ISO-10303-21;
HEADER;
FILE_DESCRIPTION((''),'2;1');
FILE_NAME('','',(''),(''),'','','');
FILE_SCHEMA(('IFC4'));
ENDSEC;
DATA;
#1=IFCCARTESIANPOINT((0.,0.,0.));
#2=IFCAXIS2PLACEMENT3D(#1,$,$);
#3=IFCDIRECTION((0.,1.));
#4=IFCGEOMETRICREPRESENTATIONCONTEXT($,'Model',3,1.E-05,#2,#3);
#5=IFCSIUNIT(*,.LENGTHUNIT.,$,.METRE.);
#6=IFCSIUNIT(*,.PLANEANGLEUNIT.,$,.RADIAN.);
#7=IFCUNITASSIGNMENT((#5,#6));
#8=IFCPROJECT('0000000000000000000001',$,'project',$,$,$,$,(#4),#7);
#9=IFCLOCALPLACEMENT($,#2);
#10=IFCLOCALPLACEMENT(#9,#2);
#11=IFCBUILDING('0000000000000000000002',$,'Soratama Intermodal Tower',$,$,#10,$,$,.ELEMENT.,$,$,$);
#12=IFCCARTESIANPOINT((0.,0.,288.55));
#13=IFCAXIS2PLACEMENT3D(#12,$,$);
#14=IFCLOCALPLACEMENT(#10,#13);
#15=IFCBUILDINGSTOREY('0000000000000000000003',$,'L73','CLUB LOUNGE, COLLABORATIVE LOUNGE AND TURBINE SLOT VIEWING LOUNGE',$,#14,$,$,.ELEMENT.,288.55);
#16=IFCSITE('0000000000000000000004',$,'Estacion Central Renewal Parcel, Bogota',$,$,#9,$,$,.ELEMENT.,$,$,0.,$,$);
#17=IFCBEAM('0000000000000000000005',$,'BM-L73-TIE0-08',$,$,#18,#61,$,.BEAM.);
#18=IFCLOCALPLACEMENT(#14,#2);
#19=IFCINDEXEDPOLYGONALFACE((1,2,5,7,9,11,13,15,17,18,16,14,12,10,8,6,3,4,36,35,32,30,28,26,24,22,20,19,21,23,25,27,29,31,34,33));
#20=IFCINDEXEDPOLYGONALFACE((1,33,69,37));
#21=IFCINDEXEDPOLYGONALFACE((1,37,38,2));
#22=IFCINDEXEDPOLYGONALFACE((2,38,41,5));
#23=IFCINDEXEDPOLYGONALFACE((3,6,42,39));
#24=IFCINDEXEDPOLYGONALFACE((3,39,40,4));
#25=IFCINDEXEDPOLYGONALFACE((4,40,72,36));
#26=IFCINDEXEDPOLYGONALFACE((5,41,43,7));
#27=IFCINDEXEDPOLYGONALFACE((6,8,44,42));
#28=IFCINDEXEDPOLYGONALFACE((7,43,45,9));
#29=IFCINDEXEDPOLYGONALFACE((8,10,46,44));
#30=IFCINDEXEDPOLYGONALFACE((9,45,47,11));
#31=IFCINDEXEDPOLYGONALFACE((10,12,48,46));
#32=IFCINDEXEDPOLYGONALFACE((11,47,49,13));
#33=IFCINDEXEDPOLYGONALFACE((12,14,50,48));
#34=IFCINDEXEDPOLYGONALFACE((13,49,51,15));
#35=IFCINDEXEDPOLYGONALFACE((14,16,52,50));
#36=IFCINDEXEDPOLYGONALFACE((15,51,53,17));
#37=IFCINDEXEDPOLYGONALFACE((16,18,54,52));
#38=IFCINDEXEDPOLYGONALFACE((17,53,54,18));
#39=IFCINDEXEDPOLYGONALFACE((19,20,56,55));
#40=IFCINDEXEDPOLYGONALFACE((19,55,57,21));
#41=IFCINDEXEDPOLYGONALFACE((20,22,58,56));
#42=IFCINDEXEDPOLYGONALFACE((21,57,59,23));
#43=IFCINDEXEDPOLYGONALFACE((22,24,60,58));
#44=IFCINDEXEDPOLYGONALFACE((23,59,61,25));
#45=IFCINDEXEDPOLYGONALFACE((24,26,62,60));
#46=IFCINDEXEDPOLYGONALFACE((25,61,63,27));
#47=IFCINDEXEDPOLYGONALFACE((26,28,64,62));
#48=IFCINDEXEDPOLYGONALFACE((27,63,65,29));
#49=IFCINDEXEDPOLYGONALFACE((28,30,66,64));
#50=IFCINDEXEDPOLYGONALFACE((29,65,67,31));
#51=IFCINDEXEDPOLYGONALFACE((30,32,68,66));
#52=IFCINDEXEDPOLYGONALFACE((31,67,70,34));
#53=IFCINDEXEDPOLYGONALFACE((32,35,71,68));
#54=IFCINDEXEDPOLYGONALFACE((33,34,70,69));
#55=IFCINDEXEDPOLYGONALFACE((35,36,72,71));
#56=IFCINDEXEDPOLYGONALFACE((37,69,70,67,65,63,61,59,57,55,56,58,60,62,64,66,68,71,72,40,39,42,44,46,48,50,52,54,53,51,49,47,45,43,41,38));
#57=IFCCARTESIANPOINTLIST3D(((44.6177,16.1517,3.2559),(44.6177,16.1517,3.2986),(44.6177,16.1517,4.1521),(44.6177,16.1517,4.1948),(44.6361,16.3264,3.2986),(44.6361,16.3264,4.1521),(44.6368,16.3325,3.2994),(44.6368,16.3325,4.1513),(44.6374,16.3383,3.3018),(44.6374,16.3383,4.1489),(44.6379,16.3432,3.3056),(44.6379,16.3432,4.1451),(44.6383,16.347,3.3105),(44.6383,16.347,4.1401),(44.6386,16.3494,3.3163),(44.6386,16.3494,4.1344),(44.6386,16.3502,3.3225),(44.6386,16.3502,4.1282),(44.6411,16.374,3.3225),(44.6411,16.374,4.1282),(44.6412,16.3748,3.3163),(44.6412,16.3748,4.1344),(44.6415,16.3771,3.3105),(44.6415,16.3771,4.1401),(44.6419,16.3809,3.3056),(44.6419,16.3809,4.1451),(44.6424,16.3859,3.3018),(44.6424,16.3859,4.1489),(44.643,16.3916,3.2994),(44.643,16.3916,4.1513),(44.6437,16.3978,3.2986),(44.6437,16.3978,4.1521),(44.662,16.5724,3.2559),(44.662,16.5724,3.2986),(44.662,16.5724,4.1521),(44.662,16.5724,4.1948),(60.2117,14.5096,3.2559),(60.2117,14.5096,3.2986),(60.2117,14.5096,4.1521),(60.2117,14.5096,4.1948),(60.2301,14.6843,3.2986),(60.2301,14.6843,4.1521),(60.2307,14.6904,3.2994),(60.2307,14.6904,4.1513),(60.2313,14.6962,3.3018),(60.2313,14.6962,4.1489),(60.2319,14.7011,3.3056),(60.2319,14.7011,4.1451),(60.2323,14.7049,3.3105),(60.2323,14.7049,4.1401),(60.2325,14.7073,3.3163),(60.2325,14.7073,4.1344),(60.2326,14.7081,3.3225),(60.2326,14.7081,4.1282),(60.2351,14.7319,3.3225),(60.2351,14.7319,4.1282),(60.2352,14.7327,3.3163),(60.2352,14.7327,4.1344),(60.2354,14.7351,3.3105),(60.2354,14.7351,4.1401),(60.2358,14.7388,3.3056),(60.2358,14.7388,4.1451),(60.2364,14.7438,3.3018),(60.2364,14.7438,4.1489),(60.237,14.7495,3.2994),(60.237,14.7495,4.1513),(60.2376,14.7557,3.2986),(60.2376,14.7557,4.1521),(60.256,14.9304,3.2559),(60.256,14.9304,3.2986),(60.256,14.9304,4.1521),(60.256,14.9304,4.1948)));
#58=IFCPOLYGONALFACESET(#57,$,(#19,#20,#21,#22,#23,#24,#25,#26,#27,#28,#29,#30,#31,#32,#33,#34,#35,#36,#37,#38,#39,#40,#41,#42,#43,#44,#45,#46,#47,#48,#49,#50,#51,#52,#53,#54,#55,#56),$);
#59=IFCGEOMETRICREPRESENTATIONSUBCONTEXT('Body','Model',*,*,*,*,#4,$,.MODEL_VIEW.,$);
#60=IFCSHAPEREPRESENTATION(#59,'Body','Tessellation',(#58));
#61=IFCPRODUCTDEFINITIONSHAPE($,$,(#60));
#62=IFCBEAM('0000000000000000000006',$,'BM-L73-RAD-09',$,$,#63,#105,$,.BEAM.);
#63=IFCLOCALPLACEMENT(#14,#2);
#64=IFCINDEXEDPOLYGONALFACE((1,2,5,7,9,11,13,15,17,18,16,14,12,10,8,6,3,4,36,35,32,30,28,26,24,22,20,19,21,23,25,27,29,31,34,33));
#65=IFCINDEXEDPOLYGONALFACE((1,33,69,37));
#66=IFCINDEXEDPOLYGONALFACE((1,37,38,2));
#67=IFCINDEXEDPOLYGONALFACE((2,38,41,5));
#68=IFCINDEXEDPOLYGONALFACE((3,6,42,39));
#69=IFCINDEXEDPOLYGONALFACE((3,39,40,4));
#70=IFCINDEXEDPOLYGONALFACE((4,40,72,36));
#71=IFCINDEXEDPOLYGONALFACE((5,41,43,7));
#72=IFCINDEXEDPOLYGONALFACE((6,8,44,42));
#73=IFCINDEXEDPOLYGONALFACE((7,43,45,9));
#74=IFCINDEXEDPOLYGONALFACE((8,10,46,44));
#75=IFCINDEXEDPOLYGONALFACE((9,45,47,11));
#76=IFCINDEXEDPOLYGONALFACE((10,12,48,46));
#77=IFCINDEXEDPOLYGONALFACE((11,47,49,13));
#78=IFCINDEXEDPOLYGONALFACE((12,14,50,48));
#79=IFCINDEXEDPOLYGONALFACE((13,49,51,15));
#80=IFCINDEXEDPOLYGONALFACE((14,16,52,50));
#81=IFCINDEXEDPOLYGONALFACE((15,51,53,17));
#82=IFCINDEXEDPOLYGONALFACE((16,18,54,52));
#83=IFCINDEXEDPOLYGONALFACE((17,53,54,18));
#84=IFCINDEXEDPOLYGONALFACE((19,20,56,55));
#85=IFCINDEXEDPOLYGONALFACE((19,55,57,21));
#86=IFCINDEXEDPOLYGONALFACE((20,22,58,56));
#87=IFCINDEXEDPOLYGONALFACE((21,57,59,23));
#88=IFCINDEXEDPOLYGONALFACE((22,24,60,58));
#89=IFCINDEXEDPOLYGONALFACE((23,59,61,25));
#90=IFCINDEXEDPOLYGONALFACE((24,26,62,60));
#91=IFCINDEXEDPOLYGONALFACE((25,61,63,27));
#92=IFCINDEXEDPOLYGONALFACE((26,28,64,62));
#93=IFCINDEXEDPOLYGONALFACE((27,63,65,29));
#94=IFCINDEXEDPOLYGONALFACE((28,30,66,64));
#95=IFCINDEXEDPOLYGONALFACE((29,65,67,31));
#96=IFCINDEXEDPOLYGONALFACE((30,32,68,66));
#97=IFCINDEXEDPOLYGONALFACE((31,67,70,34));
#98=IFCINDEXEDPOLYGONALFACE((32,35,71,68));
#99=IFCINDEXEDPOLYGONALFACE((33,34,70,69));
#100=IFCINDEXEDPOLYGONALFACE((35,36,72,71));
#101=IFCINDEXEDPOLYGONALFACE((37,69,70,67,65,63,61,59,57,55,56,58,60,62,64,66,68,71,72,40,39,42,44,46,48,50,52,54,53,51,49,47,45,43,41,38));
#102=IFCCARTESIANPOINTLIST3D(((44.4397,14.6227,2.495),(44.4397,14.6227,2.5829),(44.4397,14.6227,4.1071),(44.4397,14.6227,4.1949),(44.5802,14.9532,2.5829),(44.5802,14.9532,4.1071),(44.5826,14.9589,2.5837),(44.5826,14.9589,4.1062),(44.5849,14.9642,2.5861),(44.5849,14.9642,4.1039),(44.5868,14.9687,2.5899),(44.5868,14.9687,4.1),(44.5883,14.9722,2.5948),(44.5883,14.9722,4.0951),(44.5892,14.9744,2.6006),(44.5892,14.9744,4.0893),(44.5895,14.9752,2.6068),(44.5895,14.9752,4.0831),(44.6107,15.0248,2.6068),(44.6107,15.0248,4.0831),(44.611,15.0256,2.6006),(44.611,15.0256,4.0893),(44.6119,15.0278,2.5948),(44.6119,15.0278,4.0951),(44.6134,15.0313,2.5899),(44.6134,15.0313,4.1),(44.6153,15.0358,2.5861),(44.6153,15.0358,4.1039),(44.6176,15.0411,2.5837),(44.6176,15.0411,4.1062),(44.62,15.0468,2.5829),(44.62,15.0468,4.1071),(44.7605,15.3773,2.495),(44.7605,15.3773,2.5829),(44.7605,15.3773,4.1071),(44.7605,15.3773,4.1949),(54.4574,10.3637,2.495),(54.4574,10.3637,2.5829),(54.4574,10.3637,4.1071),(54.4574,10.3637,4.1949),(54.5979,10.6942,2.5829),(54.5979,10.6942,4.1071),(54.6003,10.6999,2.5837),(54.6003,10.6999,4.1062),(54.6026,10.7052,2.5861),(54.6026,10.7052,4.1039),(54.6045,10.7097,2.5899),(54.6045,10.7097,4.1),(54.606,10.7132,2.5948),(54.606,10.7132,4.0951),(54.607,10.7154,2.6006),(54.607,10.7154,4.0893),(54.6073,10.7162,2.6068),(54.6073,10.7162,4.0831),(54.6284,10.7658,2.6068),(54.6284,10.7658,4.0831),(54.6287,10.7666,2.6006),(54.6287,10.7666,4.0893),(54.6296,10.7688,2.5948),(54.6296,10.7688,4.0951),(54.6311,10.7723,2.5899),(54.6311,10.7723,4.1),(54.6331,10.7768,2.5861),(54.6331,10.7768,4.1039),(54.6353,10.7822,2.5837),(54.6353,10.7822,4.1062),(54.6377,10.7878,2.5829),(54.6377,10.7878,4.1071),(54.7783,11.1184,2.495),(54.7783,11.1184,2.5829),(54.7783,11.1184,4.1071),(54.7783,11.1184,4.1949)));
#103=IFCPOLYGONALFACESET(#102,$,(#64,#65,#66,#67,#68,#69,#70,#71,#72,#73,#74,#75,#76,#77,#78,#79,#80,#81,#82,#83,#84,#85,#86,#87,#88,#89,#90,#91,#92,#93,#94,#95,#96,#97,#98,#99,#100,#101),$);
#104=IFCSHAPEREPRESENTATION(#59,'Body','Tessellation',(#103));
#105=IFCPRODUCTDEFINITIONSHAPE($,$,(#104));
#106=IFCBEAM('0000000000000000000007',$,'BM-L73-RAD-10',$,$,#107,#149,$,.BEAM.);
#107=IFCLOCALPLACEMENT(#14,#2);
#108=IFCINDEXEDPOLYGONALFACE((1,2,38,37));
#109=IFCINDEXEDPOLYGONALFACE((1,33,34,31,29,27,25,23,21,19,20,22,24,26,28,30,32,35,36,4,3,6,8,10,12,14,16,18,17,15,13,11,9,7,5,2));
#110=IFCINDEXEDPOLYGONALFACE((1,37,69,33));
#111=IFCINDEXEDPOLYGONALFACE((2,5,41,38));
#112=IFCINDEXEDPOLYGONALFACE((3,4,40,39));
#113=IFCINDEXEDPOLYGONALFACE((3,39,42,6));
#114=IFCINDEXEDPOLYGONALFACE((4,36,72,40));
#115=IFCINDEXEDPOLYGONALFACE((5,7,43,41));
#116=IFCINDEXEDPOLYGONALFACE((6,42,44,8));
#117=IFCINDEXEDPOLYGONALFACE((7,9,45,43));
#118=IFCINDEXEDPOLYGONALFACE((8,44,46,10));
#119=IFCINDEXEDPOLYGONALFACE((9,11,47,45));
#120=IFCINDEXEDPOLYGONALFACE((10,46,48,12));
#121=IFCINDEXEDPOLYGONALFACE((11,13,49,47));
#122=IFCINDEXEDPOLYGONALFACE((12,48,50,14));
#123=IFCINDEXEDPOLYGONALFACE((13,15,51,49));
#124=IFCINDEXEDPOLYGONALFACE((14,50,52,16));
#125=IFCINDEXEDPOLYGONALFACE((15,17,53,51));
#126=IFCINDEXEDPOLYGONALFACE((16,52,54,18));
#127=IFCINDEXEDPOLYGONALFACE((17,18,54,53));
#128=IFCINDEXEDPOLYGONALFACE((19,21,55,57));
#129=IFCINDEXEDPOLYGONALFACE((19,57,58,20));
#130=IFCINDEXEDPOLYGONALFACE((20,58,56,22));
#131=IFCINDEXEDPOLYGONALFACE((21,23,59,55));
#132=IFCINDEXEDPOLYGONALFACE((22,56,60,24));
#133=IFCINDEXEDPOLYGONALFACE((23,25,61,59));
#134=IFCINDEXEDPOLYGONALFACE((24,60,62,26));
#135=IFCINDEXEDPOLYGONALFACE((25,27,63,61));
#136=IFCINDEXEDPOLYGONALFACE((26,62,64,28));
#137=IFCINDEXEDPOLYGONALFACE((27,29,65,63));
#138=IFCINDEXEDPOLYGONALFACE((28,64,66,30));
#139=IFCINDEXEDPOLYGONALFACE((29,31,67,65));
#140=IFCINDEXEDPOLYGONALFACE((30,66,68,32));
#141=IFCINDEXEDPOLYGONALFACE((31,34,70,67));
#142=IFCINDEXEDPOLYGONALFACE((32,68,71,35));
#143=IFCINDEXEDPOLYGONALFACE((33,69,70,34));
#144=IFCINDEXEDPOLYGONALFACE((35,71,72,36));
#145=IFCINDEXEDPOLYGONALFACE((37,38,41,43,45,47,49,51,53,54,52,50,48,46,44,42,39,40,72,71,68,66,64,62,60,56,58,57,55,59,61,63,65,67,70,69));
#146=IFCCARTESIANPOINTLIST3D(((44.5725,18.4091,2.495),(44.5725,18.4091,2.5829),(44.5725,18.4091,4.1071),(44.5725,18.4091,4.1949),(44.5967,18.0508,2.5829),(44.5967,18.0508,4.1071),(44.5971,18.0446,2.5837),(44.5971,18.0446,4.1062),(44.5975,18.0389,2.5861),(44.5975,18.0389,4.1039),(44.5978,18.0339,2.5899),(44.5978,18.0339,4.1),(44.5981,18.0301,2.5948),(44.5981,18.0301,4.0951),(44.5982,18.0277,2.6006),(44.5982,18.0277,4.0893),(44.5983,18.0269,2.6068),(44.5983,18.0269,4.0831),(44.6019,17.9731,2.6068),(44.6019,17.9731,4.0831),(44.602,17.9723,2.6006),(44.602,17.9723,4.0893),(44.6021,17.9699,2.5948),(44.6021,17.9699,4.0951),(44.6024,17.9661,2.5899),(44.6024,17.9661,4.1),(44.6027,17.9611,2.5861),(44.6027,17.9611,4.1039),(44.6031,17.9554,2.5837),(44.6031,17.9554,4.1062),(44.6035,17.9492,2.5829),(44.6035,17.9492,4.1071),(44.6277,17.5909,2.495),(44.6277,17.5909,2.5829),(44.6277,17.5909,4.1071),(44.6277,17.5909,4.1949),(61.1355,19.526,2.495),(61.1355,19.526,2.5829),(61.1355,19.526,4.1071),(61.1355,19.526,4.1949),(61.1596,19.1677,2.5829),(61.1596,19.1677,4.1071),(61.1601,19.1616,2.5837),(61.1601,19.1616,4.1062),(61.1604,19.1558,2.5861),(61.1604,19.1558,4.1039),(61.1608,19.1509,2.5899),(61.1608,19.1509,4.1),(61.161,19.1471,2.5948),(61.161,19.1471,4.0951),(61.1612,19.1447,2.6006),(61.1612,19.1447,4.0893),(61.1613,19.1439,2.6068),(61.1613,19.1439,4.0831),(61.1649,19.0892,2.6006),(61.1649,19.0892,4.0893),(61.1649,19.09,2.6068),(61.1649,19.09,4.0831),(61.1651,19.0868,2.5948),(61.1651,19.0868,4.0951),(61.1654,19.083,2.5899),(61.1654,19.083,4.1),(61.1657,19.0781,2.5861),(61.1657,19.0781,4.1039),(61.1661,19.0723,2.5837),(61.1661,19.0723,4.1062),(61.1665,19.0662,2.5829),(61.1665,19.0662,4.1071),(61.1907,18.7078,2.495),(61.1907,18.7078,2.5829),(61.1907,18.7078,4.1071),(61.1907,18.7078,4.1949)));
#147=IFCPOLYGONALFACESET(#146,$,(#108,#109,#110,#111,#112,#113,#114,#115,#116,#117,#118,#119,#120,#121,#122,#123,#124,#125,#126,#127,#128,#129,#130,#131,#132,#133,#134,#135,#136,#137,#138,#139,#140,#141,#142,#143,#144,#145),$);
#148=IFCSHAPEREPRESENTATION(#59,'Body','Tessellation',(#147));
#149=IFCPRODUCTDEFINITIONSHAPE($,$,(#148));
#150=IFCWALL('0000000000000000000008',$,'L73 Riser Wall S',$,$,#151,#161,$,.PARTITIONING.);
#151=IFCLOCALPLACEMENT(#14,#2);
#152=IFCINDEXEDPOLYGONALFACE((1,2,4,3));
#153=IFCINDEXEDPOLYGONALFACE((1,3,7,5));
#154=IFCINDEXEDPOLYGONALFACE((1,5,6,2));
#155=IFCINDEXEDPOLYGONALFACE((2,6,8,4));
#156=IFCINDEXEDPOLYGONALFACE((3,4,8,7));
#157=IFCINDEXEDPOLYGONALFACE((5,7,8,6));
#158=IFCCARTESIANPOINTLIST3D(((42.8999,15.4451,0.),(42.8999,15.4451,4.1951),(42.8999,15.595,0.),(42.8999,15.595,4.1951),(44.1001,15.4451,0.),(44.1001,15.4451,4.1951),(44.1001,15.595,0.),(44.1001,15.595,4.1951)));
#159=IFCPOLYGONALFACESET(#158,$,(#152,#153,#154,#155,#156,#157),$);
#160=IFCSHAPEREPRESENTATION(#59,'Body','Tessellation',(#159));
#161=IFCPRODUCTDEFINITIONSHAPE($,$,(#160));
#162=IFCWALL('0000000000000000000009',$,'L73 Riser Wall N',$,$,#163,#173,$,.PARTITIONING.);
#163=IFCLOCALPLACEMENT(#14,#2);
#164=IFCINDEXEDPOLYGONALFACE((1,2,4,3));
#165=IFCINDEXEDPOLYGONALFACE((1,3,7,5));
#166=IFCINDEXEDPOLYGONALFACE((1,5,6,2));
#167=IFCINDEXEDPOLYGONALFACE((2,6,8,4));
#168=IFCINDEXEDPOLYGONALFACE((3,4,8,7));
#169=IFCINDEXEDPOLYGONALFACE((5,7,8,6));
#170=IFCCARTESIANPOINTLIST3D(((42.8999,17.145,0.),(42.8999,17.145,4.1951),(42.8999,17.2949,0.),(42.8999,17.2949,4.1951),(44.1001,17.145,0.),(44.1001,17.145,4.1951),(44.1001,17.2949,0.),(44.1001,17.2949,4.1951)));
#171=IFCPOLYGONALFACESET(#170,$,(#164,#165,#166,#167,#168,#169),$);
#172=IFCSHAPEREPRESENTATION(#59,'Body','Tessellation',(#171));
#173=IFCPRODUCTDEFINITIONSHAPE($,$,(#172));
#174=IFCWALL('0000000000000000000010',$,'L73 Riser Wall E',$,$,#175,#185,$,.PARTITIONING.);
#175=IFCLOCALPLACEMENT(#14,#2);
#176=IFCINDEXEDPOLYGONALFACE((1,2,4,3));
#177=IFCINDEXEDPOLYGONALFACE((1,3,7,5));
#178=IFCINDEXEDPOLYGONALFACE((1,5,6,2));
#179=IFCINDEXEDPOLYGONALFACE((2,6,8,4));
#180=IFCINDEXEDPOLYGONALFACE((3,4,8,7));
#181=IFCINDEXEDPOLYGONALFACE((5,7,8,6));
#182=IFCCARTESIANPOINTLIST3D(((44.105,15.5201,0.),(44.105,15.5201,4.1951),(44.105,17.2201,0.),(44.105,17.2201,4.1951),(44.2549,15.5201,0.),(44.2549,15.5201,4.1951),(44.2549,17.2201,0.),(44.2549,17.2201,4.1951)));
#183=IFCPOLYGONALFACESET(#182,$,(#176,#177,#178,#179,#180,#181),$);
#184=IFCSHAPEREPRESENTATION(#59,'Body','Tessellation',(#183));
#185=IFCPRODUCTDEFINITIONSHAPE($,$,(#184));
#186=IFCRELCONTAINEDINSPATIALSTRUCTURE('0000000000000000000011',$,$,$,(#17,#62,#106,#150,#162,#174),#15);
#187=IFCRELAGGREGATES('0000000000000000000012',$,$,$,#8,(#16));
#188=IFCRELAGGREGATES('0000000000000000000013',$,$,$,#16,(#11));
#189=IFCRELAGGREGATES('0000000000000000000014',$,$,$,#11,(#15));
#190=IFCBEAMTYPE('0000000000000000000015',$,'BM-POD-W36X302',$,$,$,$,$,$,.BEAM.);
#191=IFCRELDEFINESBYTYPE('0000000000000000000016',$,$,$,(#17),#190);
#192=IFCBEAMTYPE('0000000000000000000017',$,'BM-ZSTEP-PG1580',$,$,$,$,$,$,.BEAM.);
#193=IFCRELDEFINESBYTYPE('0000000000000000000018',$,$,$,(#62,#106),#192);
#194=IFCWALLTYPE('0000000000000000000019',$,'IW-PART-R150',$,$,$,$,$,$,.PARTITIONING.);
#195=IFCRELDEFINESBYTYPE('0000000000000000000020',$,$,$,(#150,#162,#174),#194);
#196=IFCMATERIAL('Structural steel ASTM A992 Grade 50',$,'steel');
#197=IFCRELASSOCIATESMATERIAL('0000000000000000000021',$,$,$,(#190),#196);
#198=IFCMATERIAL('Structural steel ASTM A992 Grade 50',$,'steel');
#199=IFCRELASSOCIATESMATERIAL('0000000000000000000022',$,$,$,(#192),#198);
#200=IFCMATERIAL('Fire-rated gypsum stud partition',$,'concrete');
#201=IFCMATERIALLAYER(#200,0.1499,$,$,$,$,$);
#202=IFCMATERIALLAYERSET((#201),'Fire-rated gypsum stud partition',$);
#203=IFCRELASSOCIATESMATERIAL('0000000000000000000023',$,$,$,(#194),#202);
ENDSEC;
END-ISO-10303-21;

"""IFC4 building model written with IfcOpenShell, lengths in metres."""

from ifc_helpers import new_model, si_unit, direction, frame, frame_2d, origin, origin_2d, place, context, subcontext, project, spatial, rectangle, i_section, extrude, material, layer, layer_set, material_profile, profile_set, type_object, element, save


model = new_model("IFC4")

# Units and contexts
model_context = context("Model", 3, precision=1e-05, world=origin(), true_north=direction((0.0, 1.0)))
body_context = subcontext(model_context, "Body", "Model", "MODEL_VIEW")
ifc_project = project(units=[si_unit("LENGTHUNIT", "METRE"), si_unit("PLANEANGLEUNIT", "RADIAN")], contexts=[model_context])

# Site, building, storey
site_placement = place(None, origin())
site = spatial("IfcSite", under=ifc_project, at=site_placement, Name="Estacion Central Renewal Parcel, Bogota", CompositionType="ELEMENT", RefElevation=0.0)
building_placement = place(site_placement, origin())
building = spatial("IfcBuilding", under=site, at=building_placement, Name="Soratama Intermodal Tower", CompositionType="ELEMENT")
storey_placement = place(building_placement, frame((0.0, 0.0, 288.55)))
storey = spatial("IfcBuildingStorey", under=building, at=storey_placement, Name="L73", Description="CLUB LOUNGE, COLLABORATIVE LOUNGE AND TURBINE SLOT VIEWING LOUNGE", CompositionType="ELEMENT", Elevation=288.55)

# Beams
ifc_material_1 = material(Name="Structural steel ASTM A992 Grade 50", Category="steel")
ifc_material_profile_1 = material_profile(ifc_material_1, i_section(OverallWidth=0.4231, OverallDepth=0.939, WebThickness=0.0239, FlangeThickness=0.0427, FilletRadius=0.0239, at=origin_2d()), Name="W36X302")
ifc_profile_set_1 = profile_set([ifc_material_profile_1], Name="Structural steel ASTM A992 Grade 50")
beam_type_1 = type_object("IfcBeamType", Name="BM-POD-W36X302", PredefinedType="BEAM", material=ifc_profile_set_1)
beam_1_placement = place(storey_placement, frame((44.6399, 16.3621, 3.7253), z_axis=(0.994501, -0.104724, 0.0), x_axis=(0.104724, 0.994501, 0.0)))
element("IfcBeam", 1, at=beam_1_placement, inside=storey, type_object=beam_type_1, Name="BM-L73-TIE0-08", PredefinedType="BEAM", context=body_context, shape_type="SweptSolid", body=[
    extrude(i_section(OverallWidth=0.4231, OverallDepth=0.939, WebThickness=0.0239, FlangeThickness=0.0427, FilletRadius=0.0239, at=origin_2d()), origin(), (0.0, 0.0, 1.0), 15.6802),
])
ifc_material_2 = material(Name="Structural steel ASTM A992 Grade 50", Category="steel")
ifc_material_profile_2 = material_profile(ifc_material_2, i_section(OverallWidth=0.8201, OverallDepth=1.7, WebThickness=0.054, FlangeThickness=0.0879, FilletRadius=0.0239, at=origin_2d()), Name="PG1580X800")
ifc_profile_set_2 = profile_set([ifc_material_profile_2], Name="Structural steel ASTM A992 Grade 50")
beam_type_2 = type_object("IfcBeamType", Name="BM-ZSTEP-PG1580", PredefinedType="BEAM", material=ifc_profile_set_2)
beam_2_placement = place(storey_placement, frame((44.6001, 15.0, 3.345), z_axis=(0.920283, -0.391254, 0.0), x_axis=(0.391254, 0.920283, 0.0)))
element("IfcBeam", 2, at=beam_2_placement, inside=storey, type_object=beam_type_2, Name="BM-L73-RAD-09", PredefinedType="BEAM", context=body_context, shape_type="SweptSolid", body=[
    extrude(i_section(OverallWidth=0.8201, OverallDepth=1.7, WebThickness=0.054, FlangeThickness=0.0879, FilletRadius=0.0239, at=origin_2d()), origin(), (0.0, 0.0, 1.0), 10.8855),
])
beam_3_placement = place(storey_placement, frame((44.6001, 18.0, 3.345), z_axis=(0.997734, 0.067283, 0.0), x_axis=(-0.067283, 0.997734, 0.0)))
element("IfcBeam", 3, at=beam_3_placement, inside=storey, type_object=beam_type_2, Name="BM-L73-RAD-10", PredefinedType="BEAM", context=body_context, shape_type="SweptSolid", body=[
    extrude(i_section(OverallWidth=0.8201, OverallDepth=1.7, WebThickness=0.054, FlangeThickness=0.0879, FilletRadius=0.0239, at=origin_2d()), origin(), (0.0, 0.0, 1.0), 16.6006),
])

# Walls
ifc_material_3 = material(Name="Fire-rated gypsum stud partition", Category="concrete")
ifc_layer_1 = layer(ifc_material_3, 0.1499)
ifc_layer_set_1 = layer_set([ifc_layer_1], Name="Fire-rated gypsum stud partition")
wall_type_1 = type_object("IfcWallType", Name="IW-PART-R150", PredefinedType="PARTITIONING", material=ifc_layer_set_1)
for number, where, z_axis, x_axis, name in (
    (4, (42.8999, 15.52, 0.0), (0.0, 0.0, 1.0), (1.0, 0.0, 0.0), "L73 Riser Wall S"),
    (5, (42.8999, 17.22, 0.0), (0.0, 0.0, 1.0), (1.0, 0.0, 0.0), "L73 Riser Wall N"),
):
    element("IfcWall", number, at=place(storey_placement, frame(where, z_axis=z_axis, x_axis=x_axis)), inside=storey, type_object=wall_type_1, Name=name, PredefinedType="PARTITIONING", context=body_context, shape_type="SweptSolid", body=[
        extrude(rectangle(XDim=1.2002, YDim=0.1499, at=frame_2d((0.6001, 0.0))), origin(), (0.0, 0.0, 1.0), 4.1951),
    ])
wall_1_placement = place(storey_placement, frame((44.1799, 15.52, 0.0), z_axis=(0.0, 0.0, 1.0), x_axis=(0.0, 1.0, 0.0)))
element("IfcWall", 6, at=wall_1_placement, inside=storey, type_object=wall_type_1, Name="L73 Riser Wall E", PredefinedType="PARTITIONING", context=body_context, shape_type="SweptSolid", body=[
    extrude(rectangle(XDim=1.7, YDim=0.1499, at=frame_2d((0.8501, 0.0))), origin(), (0.0, 0.0, 1.0), 4.1951),
])

save(model, "model.ifc")
